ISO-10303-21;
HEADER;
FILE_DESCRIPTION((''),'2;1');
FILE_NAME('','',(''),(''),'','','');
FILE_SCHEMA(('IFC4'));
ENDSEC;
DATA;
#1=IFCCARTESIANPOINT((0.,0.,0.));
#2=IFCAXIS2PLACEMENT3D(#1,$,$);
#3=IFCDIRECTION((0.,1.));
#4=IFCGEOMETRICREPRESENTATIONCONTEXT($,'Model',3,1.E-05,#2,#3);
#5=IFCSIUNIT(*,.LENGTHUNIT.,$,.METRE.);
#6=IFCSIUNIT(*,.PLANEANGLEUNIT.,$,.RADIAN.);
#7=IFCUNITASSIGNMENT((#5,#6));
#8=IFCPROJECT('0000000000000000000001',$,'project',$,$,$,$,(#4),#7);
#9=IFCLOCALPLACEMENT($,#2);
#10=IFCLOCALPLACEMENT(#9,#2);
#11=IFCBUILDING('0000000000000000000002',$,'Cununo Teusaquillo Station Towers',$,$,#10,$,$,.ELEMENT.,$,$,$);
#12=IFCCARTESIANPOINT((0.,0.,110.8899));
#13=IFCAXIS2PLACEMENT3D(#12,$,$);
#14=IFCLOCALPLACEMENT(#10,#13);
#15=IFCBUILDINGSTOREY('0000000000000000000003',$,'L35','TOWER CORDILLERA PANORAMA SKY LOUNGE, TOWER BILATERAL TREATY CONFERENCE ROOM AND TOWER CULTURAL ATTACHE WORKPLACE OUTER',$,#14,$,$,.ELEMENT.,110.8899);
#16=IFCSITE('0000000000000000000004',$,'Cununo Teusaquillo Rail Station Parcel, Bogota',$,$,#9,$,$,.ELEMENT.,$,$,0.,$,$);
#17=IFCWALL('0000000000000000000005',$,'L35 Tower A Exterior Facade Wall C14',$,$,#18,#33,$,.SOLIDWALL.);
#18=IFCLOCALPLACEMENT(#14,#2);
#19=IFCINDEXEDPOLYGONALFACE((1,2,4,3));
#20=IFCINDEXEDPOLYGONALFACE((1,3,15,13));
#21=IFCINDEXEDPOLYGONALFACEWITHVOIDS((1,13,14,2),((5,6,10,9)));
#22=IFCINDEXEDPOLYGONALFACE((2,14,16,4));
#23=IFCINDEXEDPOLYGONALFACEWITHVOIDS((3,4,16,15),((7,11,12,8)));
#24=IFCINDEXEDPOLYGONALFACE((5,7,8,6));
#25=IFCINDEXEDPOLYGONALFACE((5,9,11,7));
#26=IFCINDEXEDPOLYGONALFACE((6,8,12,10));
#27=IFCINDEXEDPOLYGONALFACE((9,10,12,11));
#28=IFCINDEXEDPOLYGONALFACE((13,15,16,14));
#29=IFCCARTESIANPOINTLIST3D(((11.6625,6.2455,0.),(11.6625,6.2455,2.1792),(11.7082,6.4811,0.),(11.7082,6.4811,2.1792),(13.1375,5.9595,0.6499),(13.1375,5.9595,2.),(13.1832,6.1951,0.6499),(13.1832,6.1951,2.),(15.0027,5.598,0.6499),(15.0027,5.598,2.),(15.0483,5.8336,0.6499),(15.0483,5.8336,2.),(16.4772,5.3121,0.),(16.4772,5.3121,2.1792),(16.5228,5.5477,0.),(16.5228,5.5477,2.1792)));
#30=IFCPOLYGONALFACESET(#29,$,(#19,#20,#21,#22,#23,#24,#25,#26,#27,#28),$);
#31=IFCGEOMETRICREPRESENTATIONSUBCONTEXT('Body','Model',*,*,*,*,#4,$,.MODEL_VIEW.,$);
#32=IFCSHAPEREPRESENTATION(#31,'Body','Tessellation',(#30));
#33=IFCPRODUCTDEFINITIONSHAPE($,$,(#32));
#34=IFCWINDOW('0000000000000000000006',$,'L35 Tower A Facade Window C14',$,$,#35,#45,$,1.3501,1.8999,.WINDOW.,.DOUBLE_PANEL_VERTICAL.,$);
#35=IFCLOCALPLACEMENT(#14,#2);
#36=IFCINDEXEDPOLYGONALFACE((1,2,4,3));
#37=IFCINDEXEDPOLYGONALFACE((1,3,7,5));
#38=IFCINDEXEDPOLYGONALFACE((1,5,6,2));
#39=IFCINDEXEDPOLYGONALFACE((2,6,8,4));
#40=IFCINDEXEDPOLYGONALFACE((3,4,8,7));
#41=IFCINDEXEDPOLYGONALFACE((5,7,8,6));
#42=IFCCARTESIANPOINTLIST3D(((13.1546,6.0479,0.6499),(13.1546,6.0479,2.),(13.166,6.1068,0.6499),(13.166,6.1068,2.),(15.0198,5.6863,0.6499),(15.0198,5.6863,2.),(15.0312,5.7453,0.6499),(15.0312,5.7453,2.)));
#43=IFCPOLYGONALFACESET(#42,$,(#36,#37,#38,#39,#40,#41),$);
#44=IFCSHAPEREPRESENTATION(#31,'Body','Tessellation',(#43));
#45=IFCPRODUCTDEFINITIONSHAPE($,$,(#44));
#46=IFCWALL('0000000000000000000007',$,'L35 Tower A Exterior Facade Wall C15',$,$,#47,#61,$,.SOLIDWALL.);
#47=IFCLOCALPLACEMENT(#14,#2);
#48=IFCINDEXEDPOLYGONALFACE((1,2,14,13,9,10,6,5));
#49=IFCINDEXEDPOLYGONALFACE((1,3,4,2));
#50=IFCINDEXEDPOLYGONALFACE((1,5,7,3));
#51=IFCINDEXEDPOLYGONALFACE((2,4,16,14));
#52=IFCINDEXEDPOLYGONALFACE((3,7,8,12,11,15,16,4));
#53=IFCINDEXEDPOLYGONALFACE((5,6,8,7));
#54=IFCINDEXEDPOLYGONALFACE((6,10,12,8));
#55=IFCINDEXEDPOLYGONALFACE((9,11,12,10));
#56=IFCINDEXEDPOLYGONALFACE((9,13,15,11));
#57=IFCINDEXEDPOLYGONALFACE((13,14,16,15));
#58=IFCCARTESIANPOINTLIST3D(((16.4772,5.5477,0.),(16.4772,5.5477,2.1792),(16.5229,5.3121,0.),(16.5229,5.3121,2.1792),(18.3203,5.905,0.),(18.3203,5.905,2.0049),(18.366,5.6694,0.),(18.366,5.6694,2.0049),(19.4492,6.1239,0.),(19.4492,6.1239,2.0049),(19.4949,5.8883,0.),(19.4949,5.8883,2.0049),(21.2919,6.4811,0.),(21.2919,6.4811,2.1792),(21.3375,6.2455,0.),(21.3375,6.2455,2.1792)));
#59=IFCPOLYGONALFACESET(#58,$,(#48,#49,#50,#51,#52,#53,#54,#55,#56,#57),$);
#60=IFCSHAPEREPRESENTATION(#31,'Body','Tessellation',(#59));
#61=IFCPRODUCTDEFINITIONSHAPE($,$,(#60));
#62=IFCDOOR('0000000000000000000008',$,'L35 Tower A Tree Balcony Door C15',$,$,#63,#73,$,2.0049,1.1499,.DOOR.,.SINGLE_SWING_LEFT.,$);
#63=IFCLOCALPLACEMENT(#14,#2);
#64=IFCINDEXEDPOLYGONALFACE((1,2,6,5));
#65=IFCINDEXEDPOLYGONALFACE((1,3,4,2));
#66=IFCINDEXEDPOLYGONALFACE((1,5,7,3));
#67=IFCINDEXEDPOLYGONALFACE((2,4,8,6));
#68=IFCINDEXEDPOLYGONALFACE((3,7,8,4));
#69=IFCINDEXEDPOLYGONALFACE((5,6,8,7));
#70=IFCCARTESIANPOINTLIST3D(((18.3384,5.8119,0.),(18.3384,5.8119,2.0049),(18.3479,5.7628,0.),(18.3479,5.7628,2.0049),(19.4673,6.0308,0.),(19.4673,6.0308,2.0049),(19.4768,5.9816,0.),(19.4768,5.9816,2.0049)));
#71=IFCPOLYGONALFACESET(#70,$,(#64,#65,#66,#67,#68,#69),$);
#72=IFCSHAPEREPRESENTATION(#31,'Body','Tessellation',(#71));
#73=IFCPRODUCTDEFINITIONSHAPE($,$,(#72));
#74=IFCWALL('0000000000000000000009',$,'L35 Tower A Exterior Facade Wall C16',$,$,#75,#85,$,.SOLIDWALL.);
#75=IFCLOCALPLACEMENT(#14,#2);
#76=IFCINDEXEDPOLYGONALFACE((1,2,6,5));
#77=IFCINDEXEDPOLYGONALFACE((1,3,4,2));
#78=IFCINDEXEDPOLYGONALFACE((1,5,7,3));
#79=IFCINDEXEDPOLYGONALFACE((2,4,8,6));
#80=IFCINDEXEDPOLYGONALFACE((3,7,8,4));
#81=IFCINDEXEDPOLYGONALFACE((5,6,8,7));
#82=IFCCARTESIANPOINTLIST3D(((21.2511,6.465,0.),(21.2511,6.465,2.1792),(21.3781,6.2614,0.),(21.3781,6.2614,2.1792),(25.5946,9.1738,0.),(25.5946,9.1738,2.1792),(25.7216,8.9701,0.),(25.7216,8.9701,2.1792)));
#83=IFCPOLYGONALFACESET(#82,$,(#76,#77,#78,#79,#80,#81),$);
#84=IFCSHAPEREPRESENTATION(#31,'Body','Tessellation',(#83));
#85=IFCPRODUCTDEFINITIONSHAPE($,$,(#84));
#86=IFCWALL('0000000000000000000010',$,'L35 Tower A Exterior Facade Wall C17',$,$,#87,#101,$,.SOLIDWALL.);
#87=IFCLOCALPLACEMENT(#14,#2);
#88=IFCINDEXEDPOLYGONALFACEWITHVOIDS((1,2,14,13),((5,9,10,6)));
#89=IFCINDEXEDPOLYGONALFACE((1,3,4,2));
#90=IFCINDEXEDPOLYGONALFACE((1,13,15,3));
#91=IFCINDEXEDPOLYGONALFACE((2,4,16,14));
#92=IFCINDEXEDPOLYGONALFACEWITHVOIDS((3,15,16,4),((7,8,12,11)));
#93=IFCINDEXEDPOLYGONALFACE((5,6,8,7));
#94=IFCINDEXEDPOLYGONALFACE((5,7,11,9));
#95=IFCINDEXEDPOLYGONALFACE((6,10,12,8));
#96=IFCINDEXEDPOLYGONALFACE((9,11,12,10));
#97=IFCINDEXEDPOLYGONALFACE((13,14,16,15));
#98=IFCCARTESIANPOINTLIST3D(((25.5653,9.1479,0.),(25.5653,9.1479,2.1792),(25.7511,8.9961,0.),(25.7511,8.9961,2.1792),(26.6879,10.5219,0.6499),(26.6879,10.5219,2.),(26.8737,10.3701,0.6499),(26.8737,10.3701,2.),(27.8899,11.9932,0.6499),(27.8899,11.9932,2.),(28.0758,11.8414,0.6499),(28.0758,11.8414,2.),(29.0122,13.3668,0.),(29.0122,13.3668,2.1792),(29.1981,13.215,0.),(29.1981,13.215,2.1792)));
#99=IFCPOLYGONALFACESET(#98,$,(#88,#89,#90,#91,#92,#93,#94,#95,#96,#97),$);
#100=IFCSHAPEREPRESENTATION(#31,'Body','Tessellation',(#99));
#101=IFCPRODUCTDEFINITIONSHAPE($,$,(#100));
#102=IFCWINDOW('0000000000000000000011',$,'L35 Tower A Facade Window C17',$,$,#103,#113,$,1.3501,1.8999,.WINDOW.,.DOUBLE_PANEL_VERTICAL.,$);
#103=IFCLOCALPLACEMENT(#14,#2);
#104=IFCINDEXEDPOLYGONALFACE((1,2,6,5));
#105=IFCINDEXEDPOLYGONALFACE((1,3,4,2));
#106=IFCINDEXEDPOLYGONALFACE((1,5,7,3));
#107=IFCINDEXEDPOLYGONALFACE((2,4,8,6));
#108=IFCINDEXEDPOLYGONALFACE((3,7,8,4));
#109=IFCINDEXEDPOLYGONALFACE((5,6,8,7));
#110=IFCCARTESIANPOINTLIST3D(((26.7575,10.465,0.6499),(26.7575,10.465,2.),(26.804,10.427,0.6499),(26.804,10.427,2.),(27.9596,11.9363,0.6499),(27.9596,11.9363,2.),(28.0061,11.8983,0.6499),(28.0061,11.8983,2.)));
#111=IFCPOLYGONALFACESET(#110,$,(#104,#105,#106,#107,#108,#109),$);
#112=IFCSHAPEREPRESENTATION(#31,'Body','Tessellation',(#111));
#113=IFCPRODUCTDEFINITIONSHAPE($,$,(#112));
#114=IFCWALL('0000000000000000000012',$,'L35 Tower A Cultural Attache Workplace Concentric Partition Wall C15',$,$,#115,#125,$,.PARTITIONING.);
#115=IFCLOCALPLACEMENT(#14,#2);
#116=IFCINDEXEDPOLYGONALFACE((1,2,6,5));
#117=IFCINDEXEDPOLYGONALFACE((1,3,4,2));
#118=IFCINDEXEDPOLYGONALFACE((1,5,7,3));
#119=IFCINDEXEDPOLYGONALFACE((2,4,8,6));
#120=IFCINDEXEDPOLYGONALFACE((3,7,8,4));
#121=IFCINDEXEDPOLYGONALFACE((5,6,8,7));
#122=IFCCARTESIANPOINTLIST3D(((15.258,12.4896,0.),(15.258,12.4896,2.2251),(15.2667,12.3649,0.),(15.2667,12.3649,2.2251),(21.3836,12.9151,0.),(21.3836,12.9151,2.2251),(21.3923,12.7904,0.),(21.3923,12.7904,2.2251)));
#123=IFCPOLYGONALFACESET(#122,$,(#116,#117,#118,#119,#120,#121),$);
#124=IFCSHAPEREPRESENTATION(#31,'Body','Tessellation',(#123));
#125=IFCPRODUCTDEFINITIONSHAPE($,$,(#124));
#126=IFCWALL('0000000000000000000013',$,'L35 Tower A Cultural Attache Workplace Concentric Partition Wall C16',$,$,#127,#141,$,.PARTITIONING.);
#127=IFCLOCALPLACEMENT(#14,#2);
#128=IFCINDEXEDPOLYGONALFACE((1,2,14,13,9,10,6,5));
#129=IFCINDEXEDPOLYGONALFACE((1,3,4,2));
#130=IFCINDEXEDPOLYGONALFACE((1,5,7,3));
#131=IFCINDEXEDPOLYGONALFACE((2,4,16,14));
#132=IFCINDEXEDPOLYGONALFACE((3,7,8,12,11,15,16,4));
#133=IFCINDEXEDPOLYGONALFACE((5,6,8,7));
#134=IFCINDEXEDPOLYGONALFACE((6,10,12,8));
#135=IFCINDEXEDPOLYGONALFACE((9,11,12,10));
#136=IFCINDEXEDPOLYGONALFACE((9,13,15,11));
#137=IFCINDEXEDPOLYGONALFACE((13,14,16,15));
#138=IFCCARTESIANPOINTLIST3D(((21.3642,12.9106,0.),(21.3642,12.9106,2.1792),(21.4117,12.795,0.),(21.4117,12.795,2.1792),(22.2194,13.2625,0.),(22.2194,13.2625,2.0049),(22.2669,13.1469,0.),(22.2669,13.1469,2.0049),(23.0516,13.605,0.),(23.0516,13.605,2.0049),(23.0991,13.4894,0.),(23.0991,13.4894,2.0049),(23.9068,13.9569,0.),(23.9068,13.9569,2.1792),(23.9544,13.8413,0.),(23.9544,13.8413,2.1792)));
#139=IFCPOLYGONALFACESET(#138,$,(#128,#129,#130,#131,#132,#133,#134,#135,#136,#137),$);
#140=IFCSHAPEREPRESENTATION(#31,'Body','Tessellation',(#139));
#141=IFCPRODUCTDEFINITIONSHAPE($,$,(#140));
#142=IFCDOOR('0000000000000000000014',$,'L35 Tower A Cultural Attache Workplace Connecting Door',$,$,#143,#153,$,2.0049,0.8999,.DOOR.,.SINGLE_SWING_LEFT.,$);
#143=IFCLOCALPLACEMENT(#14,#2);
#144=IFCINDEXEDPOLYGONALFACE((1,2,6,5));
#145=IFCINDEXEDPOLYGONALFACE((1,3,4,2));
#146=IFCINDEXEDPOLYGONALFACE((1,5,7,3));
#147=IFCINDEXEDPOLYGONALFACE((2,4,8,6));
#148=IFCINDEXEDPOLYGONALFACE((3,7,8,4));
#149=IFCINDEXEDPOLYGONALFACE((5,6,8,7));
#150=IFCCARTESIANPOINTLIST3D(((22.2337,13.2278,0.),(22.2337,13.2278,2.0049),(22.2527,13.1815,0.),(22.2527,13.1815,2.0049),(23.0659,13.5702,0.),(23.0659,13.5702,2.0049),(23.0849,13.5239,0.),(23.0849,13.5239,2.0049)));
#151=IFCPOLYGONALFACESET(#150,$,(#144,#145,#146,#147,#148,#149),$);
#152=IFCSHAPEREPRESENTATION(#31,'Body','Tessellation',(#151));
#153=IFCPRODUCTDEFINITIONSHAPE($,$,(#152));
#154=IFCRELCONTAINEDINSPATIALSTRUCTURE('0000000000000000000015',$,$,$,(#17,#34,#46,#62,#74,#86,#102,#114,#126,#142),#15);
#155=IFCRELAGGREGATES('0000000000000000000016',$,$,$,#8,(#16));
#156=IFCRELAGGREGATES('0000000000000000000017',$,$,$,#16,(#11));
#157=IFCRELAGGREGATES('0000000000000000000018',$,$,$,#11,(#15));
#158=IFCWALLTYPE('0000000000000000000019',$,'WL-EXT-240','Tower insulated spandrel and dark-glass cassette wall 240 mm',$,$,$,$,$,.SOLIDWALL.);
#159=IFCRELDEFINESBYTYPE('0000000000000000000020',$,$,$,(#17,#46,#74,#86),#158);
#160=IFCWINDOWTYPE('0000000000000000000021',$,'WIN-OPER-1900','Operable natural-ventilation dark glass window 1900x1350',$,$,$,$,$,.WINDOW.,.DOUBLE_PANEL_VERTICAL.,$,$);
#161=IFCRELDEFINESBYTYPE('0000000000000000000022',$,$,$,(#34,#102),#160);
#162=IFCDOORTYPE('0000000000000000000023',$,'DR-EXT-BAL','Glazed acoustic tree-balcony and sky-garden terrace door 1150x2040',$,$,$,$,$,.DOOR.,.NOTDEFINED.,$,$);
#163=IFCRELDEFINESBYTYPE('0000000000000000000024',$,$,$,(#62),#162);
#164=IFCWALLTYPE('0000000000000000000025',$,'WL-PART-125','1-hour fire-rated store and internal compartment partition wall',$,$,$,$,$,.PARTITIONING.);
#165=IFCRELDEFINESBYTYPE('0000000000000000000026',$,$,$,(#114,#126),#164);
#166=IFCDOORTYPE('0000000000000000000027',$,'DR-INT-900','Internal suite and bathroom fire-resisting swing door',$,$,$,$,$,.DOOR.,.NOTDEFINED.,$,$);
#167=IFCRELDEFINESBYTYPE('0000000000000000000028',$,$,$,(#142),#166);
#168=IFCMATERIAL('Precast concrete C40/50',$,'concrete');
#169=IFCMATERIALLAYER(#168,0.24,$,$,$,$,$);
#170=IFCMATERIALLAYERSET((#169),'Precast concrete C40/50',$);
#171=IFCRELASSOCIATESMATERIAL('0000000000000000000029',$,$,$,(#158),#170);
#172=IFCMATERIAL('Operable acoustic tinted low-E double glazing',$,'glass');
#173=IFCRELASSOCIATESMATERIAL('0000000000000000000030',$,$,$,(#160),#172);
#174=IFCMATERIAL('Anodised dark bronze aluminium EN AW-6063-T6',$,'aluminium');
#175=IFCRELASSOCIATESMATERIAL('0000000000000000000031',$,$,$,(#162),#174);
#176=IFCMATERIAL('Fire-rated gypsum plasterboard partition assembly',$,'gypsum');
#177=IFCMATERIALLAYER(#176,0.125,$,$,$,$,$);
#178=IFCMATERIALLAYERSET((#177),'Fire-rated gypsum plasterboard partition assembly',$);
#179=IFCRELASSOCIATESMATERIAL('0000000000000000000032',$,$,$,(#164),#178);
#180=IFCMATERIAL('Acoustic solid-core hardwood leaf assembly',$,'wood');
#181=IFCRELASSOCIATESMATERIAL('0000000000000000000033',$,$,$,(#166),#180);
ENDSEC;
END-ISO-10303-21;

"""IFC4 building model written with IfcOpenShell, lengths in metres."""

from ifc_helpers import new_model, si_unit, direction, frame, frame_2d, origin, place, context, subcontext, project, spatial, rectangle, extrude, source, transform, mapped, material, layer, layer_set, type_object, element, fill, save


model = new_model("IFC4")

# Units and contexts
model_context = context("Model", 3, precision=1e-05, world=origin(), true_north=direction((0.0, 1.0)))
body_context = subcontext(model_context, "Body", "Model", "MODEL_VIEW")
ifc_project = project(units=[si_unit("LENGTHUNIT", "METRE"), si_unit("PLANEANGLEUNIT", "RADIAN")], contexts=[model_context])

# Site, building, storey
site_placement = place(None, origin())
site = spatial("IfcSite", under=ifc_project, at=site_placement, Name="Cununo Teusaquillo Rail Station Parcel, Bogota", CompositionType="ELEMENT", RefElevation=0.0)
building_placement = place(site_placement, origin())
building = spatial("IfcBuilding", under=site, at=building_placement, Name="Cununo Teusaquillo Station Towers", CompositionType="ELEMENT")
storey_placement = place(building_placement, frame((0.0, 0.0, 110.8899)))
storey = spatial("IfcBuildingStorey", under=building, at=storey_placement, Name="L35", Description="TOWER CORDILLERA PANORAMA SKY LOUNGE, TOWER BILATERAL TREATY CONFERENCE ROOM AND TOWER CULTURAL ATTACHE WORKPLACE OUTER", CompositionType="ELEMENT", Elevation=110.8899)

# Wall, opening, window
ifc_material_1 = material(Name="Precast concrete C40/50", Category="concrete")
ifc_layer_1 = layer(ifc_material_1, 0.24)
ifc_layer_set_1 = layer_set([ifc_layer_1], Name="Precast concrete C40/50")
wall_type_1 = type_object("IfcWallType", Name="WL-EXT-240", Description="Tower insulated spandrel and dark-glass cassette wall 240 mm", PredefinedType="SOLIDWALL", material=ifc_layer_set_1)
wall_1_placement = place(storey_placement, frame((16.5, 5.4299, 0.0), z_axis=(0.0, 0.0, 1.0), x_axis=(-0.981724, 0.190311, 0.0)))
wall_1 = element("IfcWall", 1, at=wall_1_placement, inside=storey, type_object=wall_type_1, Name="L35 Tower A Exterior Facade Wall C14", PredefinedType="SOLIDWALL", context=body_context, shape_type="SweptSolid", body=[
    extrude(rectangle(XDim=4.9043, YDim=0.24, at=frame_2d((2.4521, 0.0))), origin(), (0.0, 0.0, 1.0), 2.1792),
])
shared_shape_1 = source(origin(), body_context, "Body", "SweptSolid", [
    extrude(rectangle(XDim=1.8999, YDim=1.3501, at=frame_2d((0.95, 0.675))), frame((0.0, 0.1299, 0.0), z_axis=(0.0, -1.0, 0.0), x_axis=(1.0, 0.0, 0.0)), (0.0, 0.0, 1.0), 0.26),
])
opening_1_placement = place(wall_1_placement, frame((1.502, 0.0, 0.6499)))
opening_1 = element("IfcOpeningElement", 2, at=opening_1_placement, cuts=wall_1, PredefinedType="OPENING", context=body_context, shape_type="MappedRepresentation", body=[
    mapped(shared_shape_1, transform((0.0, 0.0, 0.0), x_axis=(1.0, 0.0, 0.0), y_axis=(0.0, 1.0, 0.0), z_axis=(0.0, 0.0, 1.0), scale=1.0)),
])
ifc_material_2 = material(Name="Operable acoustic tinted low-E double glazing", Category="glass")
window_type = type_object("IfcWindowType", Name="WIN-OPER-1900", Description="Operable natural-ventilation dark glass window 1900x1350", PartitioningType="DOUBLE_PANEL_VERTICAL", PredefinedType="WINDOW", material=ifc_material_2)
shared_shape_2 = source(origin(), body_context, "Body", "SweptSolid", [
    extrude(rectangle(XDim=1.8999, YDim=1.3501, at=frame_2d((0.95, 0.675))), frame((0.0, 0.03, 0.0), z_axis=(0.0, -1.0, 0.0), x_axis=(1.0, 0.0, 0.0)), (0.0, 0.0, 1.0), 0.0601),
])
window_1_placement = place(opening_1_placement, origin())
window_1 = element("IfcWindow", 3, at=window_1_placement, inside=storey, type_object=window_type, Name="L35 Tower A Facade Window C14", OverallHeight=1.3501, OverallWidth=1.8999, PartitioningType="DOUBLE_PANEL_VERTICAL", PredefinedType="WINDOW", context=body_context, shape_type="MappedRepresentation", body=[
    mapped(shared_shape_2, transform((0.0, 0.0, 0.0), x_axis=(1.0, 0.0, 0.0), y_axis=(0.0, 1.0, 0.0), z_axis=(0.0, 0.0, 1.0), scale=1.0)),
])
fill(opening_1, window_1)

# Wall, opening, door
wall_2_placement = place(storey_placement, frame((21.3147, 6.3633, 0.0), z_axis=(0.0, 0.0, 1.0), x_axis=(-0.981724, -0.190311, 0.0)))
wall_2 = element("IfcWall", 4, at=wall_2_placement, inside=storey, type_object=wall_type_1, Name="L35 Tower A Exterior Facade Wall C15", PredefinedType="SOLIDWALL", context=body_context, shape_type="SweptSolid", body=[
    extrude(rectangle(XDim=4.9043, YDim=0.24, at=frame_2d((2.4521, 0.0))), origin(), (0.0, 0.0, 1.0), 2.1792),
])
shared_shape_3 = source(origin(), body_context, "Body", "SweptSolid", [
    extrude(rectangle(XDim=1.1499, YDim=2.0049, at=frame_2d((0.575, 1.0024))), frame((0.0, 0.1299, 0.0), z_axis=(0.0, -1.0, 0.0), x_axis=(1.0, 0.0, 0.0)), (0.0, 0.0, 1.0), 0.26),
])
opening_2_placement = place(wall_2_placement, frame((1.877, 0.0, 0.0)))
opening_2 = element("IfcOpeningElement", 5, at=opening_2_placement, cuts=wall_2, PredefinedType="OPENING", context=body_context, shape_type="MappedRepresentation", body=[
    mapped(shared_shape_3, transform((0.0, 0.0, 0.0), x_axis=(1.0, 0.0, 0.0), y_axis=(0.0, 1.0, 0.0), z_axis=(0.0, 0.0, 1.0), scale=1.0)),
])
ifc_material_3 = material(Name="Anodised dark bronze aluminium EN AW-6063-T6", Category="aluminium")
door_type_1 = type_object("IfcDoorType", Name="DR-EXT-BAL", Description="Glazed acoustic tree-balcony and sky-garden terrace door 1150x2040", OperationType="NOTDEFINED", PredefinedType="DOOR", material=ifc_material_3)
shared_shape_4 = source(origin(), body_context, "Body", "SweptSolid", [
    extrude(rectangle(XDim=1.1499, YDim=2.0049, at=frame_2d((0.575, 1.0024))), frame((0.0, 0.0249, 0.0), z_axis=(0.0, -1.0, 0.0), x_axis=(1.0, 0.0, 0.0)), (0.0, 0.0, 1.0), 0.05),
])
door_1_placement = place(opening_2_placement, origin())
door_1 = element("IfcDoor", 6, at=door_1_placement, inside=storey, type_object=door_type_1, Name="L35 Tower A Tree Balcony Door C15", OperationType="SINGLE_SWING_LEFT", OverallHeight=2.0049, OverallWidth=1.1499, PredefinedType="DOOR", context=body_context, shape_type="MappedRepresentation", body=[
    mapped(shared_shape_4, transform((0.0, 0.0, 0.0), x_axis=(1.0, 0.0, 0.0), y_axis=(0.0, 1.0, 0.0), z_axis=(0.0, 0.0, 1.0), scale=1.0)),
])
fill(opening_2, door_1)

# Wall
wall_3_placement = place(storey_placement, frame((25.6582, 9.072, 0.0), z_axis=(0.0, 0.0, 1.0), x_axis=(-0.84852, -0.529163, 0.0)))
element("IfcWall", 7, at=wall_3_placement, inside=storey, type_object=wall_type_1, Name="L35 Tower A Exterior Facade Wall C16", PredefinedType="SOLIDWALL", context=body_context, shape_type="SweptSolid", body=[
    extrude(rectangle(XDim=5.1189, YDim=0.24, at=frame_2d((2.5596, 0.0))), origin(), (0.0, 0.0, 1.0), 2.1792),
])

# Wall, opening, window
wall_4_placement = place(storey_placement, frame((29.1052, 13.291, 0.0), z_axis=(0.0, 0.0, 1.0), x_axis=(-0.632701, -0.774396, 0.0)))
wall_4 = element("IfcWall", 8, at=wall_4_placement, inside=storey, type_object=wall_type_1, Name="L35 Tower A Exterior Facade Wall C17", PredefinedType="SOLIDWALL", context=body_context, shape_type="SweptSolid", body=[
    extrude(rectangle(XDim=5.448, YDim=0.24, at=frame_2d((2.7241, 0.0))), origin(), (0.0, 0.0, 1.0), 2.1792),
])
opening_3_placement = place(wall_4_placement, frame((1.7739, 0.0, 0.6499)))
opening_3 = element("IfcOpeningElement", 9, at=opening_3_placement, cuts=wall_4, PredefinedType="OPENING", context=body_context, shape_type="MappedRepresentation", body=[
    mapped(shared_shape_1, transform((0.0, 0.0, 0.0), x_axis=(1.0, 0.0, 0.0), y_axis=(0.0, 1.0, 0.0), z_axis=(0.0, 0.0, 1.0), scale=1.0)),
])
window_2_placement = place(opening_3_placement, origin())
window_2 = element("IfcWindow", 10, at=window_2_placement, inside=storey, type_object=window_type, Name="L35 Tower A Facade Window C17", OverallHeight=1.3501, OverallWidth=1.8999, PartitioningType="DOUBLE_PANEL_VERTICAL", PredefinedType="WINDOW", context=body_context, shape_type="MappedRepresentation", body=[
    mapped(shared_shape_2, transform((0.0, 0.0, 0.0), x_axis=(1.0, 0.0, 0.0), y_axis=(0.0, 1.0, 0.0), z_axis=(0.0, 0.0, 1.0), scale=1.0)),
])
fill(opening_3, window_2)

# Wall
ifc_material_4 = material(Name="Fire-rated gypsum plasterboard partition assembly", Category="gypsum")
ifc_layer_2 = layer(ifc_material_4, 0.125)
ifc_layer_set_2 = layer_set([ifc_layer_2], Name="Fire-rated gypsum plasterboard partition assembly")
wall_type_2 = type_object("IfcWallType", Name="WL-PART-125", Description="1-hour fire-rated store and internal compartment partition wall", PredefinedType="PARTITIONING", material=ifc_layer_set_2)
wall_5_placement = place(storey_placement, frame((15.2622, 12.4272, 0.0), z_axis=(0.0, 0.0, 1.0), x_axis=(0.997596, 0.0693, 0.0)))
element("IfcWall", 11, at=wall_5_placement, inside=storey, type_object=wall_type_2, Name="L35 Tower A Cultural Attache Workplace Concentric Partition Wall C15", PredefinedType="PARTITIONING", context=body_context, shape_type="SweptSolid", body=[
    extrude(rectangle(XDim=6.1404, YDim=0.125, at=frame_2d((3.0703, 0.0))), origin(), (0.0, 0.0, 1.0), 2.2251),
])

# Wall, opening, door
wall_6_placement = place(storey_placement, frame((21.3879, 12.8528, 0.0), z_axis=(0.0, 0.0, 1.0), x_axis=(0.924757, 0.380558, 0.0)))
wall_6 = element("IfcWall", 12, at=wall_6_placement, inside=storey, type_object=wall_type_2, Name="L35 Tower A Cultural Attache Workplace Concentric Partition Wall C16", PredefinedType="PARTITIONING", context=body_context, shape_type="SweptSolid", body=[
    extrude(rectangle(XDim=2.7495, YDim=0.125, at=frame_2d((1.3748, 0.0))), origin(), (0.0, 0.0, 1.0), 2.1792),
])
shared_shape_5 = source(origin(), body_context, "Body", "SweptSolid", [
    extrude(rectangle(XDim=0.8999, YDim=2.0049, at=frame_2d((0.45, 1.0024))), frame((0.0, 0.0725, 0.0), z_axis=(0.0, -1.0, 0.0), x_axis=(1.0, 0.0, 0.0)), (0.0, 0.0, 1.0), 0.145),
])
opening_4_placement = place(wall_6_placement, frame((0.9248, 0.0, 0.0)))
opening_4 = element("IfcOpeningElement", 13, at=opening_4_placement, cuts=wall_6, PredefinedType="OPENING", context=body_context, shape_type="MappedRepresentation", body=[
    mapped(shared_shape_5, transform((0.0, 0.0, 0.0), x_axis=(1.0, 0.0, 0.0), y_axis=(0.0, 1.0, 0.0), z_axis=(0.0, 0.0, 1.0), scale=1.0)),
])
ifc_material_5 = material(Name="Acoustic solid-core hardwood leaf assembly", Category="wood")
door_type_2 = type_object("IfcDoorType", Name="DR-INT-900", Description="Internal suite and bathroom fire-resisting swing door", OperationType="NOTDEFINED", PredefinedType="DOOR", material=ifc_material_5)
shared_shape_6 = source(origin(), body_context, "Body", "SweptSolid", [
    extrude(rectangle(XDim=0.8999, YDim=2.0049, at=frame_2d((0.45, 1.0024))), frame((0.0, 0.0249, 0.0), z_axis=(0.0, -1.0, 0.0), x_axis=(1.0, 0.0, 0.0)), (0.0, 0.0, 1.0), 0.05),
])
door_2_placement = place(opening_4_placement, origin())
door_2 = element("IfcDoor", 14, at=door_2_placement, inside=storey, type_object=door_type_2, Name="L35 Tower A Cultural Attache Workplace Connecting Door", OperationType="SINGLE_SWING_LEFT", OverallHeight=2.0049, OverallWidth=0.8999, PredefinedType="DOOR", context=body_context, shape_type="MappedRepresentation", body=[
    mapped(shared_shape_6, transform((0.0, 0.0, 0.0), x_axis=(1.0, 0.0, 0.0), y_axis=(0.0, 1.0, 0.0), z_axis=(0.0, 0.0, 1.0), scale=1.0)),
])
fill(opening_4, door_2)

save(model, "model.ifc")
